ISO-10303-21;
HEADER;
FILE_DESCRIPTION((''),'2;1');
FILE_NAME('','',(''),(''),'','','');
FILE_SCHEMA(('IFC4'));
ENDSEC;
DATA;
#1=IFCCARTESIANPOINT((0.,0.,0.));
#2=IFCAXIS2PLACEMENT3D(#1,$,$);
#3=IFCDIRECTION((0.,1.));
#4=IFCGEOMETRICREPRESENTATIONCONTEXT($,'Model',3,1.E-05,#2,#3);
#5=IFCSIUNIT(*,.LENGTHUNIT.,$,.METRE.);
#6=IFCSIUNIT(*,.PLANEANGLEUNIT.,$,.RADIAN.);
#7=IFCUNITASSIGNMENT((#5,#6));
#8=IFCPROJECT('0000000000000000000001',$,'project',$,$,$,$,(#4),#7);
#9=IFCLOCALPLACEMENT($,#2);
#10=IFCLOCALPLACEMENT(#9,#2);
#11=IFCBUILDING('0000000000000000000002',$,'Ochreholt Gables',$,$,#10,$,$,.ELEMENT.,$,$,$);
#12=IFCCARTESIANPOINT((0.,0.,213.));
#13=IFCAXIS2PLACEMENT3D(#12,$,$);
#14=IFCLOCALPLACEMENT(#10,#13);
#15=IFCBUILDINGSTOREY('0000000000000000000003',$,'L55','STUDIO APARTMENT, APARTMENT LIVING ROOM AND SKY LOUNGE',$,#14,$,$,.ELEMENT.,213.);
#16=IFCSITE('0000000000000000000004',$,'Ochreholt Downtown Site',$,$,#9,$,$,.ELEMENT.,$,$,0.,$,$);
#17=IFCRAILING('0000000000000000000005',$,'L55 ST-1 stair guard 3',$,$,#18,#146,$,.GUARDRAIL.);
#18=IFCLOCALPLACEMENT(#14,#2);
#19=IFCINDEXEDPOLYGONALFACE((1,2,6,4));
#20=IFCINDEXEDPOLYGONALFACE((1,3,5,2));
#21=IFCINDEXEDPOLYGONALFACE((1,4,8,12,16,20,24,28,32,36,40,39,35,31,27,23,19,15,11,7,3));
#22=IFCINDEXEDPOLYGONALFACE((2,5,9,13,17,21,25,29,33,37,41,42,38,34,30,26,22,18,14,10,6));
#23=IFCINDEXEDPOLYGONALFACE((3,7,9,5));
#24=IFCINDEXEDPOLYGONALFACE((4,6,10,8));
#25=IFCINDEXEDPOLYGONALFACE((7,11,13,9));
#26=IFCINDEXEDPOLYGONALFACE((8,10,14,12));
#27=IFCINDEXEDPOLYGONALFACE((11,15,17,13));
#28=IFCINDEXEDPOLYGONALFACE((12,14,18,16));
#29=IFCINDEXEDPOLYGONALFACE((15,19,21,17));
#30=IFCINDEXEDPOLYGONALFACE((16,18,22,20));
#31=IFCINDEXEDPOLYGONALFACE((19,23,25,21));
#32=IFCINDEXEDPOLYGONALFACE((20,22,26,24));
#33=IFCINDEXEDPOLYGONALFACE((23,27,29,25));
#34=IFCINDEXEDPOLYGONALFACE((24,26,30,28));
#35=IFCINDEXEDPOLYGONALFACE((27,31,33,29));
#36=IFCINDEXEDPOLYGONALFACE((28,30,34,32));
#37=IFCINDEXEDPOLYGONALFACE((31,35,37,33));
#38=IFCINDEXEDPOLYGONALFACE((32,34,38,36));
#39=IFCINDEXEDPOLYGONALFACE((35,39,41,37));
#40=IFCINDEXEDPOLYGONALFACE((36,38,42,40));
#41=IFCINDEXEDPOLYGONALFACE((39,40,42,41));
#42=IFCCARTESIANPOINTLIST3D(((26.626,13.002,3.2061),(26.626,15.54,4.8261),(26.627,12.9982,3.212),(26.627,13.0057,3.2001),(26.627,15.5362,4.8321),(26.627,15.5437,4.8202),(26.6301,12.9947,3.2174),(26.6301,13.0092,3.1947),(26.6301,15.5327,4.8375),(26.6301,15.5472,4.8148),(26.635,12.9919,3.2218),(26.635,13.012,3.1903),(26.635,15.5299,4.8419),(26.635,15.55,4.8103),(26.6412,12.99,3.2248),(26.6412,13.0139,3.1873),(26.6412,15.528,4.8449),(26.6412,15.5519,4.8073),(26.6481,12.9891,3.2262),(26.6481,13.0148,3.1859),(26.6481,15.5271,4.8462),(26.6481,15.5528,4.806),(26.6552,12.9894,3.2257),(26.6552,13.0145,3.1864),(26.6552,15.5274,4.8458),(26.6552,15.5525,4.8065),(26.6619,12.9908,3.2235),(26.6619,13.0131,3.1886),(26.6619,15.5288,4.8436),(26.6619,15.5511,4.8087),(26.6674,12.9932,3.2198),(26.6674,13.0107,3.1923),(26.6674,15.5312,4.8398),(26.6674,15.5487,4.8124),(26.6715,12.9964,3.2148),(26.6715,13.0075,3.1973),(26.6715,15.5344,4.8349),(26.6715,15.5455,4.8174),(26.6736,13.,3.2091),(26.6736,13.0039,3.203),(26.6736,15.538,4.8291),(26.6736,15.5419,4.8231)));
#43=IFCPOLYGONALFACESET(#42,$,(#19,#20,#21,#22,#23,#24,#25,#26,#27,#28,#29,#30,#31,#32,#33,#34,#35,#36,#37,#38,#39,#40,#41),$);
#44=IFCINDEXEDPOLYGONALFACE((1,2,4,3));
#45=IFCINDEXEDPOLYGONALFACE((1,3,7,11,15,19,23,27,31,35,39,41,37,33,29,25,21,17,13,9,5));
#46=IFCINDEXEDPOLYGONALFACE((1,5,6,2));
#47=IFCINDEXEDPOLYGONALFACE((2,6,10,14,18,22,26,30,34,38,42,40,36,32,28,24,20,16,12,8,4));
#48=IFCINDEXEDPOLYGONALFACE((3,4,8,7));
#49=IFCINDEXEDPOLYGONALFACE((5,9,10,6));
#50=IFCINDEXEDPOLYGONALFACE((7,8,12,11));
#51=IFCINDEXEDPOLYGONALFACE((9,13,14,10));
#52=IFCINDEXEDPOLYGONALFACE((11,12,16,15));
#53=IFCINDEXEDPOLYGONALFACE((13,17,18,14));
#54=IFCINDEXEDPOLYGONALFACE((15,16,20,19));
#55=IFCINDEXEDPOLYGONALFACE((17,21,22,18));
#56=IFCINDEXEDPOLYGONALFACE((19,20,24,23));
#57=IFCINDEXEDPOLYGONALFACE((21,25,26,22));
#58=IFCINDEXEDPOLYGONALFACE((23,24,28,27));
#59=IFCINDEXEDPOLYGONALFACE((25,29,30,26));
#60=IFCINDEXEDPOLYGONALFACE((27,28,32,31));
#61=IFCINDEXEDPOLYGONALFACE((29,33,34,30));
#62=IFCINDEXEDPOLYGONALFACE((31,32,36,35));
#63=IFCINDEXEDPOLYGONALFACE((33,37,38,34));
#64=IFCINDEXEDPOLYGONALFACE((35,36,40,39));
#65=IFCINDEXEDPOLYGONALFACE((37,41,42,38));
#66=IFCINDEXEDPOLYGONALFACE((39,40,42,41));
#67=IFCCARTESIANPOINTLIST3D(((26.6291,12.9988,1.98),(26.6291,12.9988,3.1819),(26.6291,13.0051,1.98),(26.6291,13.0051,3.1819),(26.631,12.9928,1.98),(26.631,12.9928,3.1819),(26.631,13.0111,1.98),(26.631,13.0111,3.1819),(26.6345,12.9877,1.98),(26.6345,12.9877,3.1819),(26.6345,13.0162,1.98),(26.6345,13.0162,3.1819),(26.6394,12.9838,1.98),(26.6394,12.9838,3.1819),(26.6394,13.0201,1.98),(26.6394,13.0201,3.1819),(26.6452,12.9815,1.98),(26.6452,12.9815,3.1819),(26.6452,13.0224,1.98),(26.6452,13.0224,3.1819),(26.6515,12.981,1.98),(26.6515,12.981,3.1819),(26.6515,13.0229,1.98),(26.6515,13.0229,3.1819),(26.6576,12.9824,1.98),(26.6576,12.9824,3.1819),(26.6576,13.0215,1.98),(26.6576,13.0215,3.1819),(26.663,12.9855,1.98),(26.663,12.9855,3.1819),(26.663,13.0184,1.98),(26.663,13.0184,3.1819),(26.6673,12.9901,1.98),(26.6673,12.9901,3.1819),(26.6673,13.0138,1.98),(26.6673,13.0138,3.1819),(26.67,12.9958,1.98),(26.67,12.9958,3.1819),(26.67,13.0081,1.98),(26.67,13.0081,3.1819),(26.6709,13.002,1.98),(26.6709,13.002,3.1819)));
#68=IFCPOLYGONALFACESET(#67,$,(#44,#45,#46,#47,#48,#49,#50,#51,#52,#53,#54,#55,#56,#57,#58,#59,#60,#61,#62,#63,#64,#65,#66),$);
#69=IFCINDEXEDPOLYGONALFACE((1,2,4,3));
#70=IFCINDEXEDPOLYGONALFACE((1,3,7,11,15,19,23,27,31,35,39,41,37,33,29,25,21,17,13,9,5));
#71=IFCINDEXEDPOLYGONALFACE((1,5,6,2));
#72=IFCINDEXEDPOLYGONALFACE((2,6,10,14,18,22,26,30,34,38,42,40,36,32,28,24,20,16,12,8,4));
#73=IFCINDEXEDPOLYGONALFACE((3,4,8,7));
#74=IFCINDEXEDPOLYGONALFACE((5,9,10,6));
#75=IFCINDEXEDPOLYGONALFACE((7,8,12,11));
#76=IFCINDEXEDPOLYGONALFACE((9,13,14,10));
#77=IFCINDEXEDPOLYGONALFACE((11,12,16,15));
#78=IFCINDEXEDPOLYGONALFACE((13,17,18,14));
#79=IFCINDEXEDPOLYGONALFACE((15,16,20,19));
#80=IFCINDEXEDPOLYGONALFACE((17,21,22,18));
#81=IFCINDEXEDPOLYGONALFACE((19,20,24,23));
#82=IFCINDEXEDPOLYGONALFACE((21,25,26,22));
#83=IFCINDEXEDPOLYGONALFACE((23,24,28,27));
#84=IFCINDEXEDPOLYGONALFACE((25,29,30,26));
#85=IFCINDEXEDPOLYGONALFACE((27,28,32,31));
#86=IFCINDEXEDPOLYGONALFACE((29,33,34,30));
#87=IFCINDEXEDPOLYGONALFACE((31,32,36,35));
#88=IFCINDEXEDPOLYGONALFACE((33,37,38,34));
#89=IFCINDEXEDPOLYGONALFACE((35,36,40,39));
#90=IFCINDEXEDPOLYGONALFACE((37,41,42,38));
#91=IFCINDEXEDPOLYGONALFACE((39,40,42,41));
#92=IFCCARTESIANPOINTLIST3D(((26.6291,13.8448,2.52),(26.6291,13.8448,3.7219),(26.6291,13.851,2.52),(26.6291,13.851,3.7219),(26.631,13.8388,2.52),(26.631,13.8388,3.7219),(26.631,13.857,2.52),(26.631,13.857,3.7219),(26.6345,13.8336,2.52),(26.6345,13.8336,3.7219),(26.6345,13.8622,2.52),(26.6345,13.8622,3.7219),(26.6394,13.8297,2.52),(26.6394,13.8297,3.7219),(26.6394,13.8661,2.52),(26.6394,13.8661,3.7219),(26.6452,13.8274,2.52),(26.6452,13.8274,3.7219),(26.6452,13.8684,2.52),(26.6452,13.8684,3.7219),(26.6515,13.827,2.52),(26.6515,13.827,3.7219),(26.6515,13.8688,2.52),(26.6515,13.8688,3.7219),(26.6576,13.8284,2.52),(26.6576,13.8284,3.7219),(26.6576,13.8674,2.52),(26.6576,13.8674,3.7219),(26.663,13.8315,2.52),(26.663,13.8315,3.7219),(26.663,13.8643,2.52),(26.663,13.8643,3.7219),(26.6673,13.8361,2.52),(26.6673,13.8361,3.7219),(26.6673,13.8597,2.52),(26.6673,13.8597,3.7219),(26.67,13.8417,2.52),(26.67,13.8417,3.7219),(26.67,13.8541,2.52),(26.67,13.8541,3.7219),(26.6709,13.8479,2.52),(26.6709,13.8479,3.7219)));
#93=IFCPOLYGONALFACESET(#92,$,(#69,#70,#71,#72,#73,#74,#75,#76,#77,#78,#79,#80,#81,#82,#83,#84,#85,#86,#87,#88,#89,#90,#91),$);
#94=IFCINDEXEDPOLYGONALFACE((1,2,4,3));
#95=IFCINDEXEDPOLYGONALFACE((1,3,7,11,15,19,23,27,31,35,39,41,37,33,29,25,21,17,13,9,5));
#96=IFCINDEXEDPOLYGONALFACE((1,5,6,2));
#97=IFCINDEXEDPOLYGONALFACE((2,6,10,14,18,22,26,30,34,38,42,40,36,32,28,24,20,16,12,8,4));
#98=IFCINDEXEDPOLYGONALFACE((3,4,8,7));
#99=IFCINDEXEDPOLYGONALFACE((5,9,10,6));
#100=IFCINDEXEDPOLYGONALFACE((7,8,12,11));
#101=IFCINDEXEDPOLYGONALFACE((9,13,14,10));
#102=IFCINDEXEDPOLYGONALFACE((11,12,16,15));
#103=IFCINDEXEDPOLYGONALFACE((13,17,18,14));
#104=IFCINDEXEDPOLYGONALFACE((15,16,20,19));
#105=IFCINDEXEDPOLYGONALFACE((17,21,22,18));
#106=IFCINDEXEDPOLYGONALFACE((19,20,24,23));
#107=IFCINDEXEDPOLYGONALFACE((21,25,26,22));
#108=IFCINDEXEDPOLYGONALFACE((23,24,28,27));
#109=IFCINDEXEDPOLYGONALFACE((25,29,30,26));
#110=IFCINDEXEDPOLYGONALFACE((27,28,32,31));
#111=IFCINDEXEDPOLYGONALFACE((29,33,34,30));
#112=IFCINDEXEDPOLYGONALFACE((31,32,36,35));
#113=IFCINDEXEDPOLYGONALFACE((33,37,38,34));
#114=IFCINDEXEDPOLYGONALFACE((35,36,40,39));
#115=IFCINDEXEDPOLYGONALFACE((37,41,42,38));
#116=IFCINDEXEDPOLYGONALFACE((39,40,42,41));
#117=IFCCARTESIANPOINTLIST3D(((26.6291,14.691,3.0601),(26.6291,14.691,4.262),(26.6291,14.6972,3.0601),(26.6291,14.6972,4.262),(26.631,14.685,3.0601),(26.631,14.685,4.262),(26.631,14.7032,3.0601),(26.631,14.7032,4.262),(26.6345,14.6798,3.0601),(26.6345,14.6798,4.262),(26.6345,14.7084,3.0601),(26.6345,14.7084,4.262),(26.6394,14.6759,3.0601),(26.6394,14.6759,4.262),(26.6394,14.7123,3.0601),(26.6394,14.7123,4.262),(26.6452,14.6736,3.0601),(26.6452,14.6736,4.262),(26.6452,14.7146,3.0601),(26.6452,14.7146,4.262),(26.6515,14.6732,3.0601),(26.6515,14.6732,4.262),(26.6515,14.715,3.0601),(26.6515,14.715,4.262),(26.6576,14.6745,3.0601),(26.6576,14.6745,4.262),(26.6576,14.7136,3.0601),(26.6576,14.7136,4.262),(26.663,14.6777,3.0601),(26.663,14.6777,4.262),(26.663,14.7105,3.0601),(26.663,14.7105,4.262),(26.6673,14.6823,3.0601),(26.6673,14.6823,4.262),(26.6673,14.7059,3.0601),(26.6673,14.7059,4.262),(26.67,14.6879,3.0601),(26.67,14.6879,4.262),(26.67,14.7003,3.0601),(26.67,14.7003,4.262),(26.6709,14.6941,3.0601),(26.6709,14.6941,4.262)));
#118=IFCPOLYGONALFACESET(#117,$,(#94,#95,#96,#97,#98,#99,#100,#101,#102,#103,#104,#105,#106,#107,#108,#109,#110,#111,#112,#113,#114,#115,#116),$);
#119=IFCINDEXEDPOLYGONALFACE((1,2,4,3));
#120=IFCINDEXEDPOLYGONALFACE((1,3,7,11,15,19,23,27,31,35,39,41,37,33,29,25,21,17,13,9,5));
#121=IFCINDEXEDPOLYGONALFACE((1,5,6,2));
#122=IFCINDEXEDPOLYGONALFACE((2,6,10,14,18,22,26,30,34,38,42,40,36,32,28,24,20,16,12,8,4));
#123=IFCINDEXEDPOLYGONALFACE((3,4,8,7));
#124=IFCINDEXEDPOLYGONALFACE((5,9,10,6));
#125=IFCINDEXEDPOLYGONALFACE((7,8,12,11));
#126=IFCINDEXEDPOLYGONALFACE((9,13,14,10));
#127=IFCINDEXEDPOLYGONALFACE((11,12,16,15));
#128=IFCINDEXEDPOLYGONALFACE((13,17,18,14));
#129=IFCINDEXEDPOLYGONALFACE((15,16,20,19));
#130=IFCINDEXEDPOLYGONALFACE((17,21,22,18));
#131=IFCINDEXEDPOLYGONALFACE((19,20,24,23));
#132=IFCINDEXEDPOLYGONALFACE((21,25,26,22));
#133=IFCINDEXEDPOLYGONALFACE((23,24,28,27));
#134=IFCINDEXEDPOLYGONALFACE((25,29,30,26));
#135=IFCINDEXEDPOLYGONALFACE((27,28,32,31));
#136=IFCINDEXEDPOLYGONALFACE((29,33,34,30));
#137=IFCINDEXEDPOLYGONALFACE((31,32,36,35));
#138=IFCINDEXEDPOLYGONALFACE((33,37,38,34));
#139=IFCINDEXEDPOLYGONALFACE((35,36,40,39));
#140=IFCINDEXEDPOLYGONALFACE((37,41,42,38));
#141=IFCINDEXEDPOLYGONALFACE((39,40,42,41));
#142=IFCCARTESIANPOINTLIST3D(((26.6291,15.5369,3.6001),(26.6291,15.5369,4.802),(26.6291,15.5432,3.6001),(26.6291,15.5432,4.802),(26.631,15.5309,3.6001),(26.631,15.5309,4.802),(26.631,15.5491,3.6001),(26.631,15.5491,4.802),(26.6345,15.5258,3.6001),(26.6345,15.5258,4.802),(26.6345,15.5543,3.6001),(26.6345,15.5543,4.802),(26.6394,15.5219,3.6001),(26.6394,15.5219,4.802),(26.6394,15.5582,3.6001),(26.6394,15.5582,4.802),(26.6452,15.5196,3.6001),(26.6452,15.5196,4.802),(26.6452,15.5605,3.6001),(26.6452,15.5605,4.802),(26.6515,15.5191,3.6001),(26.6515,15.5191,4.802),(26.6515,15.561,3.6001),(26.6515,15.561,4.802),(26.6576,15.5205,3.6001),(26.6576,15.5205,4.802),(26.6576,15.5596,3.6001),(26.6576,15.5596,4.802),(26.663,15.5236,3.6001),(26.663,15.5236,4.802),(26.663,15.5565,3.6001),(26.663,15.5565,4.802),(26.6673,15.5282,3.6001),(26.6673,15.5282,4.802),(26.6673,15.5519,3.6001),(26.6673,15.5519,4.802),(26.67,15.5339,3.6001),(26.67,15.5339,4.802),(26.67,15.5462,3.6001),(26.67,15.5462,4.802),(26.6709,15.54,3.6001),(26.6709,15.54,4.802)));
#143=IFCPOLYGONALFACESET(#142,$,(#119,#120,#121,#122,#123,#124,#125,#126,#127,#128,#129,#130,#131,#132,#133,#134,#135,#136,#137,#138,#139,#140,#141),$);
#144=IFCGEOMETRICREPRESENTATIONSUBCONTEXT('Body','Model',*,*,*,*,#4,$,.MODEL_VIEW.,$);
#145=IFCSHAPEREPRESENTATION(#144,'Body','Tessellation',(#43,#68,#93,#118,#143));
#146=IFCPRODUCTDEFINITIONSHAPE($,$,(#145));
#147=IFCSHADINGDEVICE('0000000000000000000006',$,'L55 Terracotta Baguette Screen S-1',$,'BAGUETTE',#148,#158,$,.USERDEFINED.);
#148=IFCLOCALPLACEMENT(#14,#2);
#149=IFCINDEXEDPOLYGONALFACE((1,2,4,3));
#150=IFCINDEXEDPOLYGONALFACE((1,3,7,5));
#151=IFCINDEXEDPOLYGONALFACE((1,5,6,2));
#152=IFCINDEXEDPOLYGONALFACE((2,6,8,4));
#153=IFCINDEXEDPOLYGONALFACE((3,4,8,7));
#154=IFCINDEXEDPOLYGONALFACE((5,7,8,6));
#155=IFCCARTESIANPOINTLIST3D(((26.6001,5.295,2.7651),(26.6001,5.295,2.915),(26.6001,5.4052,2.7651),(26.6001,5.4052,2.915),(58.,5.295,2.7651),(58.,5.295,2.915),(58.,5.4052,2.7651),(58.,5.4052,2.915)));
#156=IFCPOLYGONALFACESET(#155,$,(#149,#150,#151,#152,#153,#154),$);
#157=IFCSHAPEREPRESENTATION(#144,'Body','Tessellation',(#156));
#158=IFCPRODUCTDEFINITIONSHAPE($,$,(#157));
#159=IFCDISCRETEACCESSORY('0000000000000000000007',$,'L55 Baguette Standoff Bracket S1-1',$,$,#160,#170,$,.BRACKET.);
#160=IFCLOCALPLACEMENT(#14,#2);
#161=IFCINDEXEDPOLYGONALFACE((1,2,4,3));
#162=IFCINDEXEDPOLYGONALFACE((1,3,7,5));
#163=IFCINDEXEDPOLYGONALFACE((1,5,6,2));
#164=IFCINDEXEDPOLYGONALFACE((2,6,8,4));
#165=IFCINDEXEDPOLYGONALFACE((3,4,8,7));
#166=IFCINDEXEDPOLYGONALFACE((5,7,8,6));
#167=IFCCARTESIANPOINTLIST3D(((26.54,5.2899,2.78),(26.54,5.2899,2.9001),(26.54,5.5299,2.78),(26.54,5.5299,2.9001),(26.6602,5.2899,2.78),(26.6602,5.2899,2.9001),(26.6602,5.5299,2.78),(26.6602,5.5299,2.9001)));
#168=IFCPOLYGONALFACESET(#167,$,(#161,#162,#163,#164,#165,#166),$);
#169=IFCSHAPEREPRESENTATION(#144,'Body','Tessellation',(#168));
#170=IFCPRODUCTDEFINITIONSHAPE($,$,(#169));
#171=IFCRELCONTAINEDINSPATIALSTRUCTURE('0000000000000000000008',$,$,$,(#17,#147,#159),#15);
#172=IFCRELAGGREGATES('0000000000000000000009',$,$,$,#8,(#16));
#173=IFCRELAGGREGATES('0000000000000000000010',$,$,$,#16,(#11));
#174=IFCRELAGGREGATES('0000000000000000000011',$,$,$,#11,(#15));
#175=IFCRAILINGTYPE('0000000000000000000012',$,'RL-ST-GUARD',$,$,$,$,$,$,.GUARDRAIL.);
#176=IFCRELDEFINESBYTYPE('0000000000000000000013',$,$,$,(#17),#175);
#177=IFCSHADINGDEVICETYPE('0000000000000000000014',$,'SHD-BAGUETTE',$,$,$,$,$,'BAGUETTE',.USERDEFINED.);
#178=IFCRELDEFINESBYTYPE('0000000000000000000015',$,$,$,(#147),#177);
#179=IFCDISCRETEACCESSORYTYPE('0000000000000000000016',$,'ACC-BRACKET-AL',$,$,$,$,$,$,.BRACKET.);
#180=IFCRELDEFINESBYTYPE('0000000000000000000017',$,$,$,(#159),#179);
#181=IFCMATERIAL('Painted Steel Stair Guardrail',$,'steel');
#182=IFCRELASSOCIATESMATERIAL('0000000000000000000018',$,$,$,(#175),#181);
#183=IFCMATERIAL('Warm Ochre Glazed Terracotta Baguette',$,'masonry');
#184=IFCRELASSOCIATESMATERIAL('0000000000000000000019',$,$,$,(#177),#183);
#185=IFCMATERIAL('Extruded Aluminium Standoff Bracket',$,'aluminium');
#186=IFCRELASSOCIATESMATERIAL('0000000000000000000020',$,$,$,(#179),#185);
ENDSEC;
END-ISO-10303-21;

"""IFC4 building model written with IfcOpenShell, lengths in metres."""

from ifc_helpers import new_model, si_unit, direction, frame, origin, origin_2d, place, context, subcontext, project, spatial, rectangle, circle, extrude, material, material_profile, profile_set, type_object, element, save


model = new_model("IFC4")

# Units and contexts
model_context = context("Model", 3, precision=1e-05, world=origin(), true_north=direction((0.0, 1.0)))
body_context = subcontext(model_context, "Body", "Model", "MODEL_VIEW")
ifc_project = project(units=[si_unit("LENGTHUNIT", "METRE"), si_unit("PLANEANGLEUNIT", "RADIAN")], contexts=[model_context])

# Site, building, storey
site_placement = place(None, origin())
site = spatial("IfcSite", under=ifc_project, at=site_placement, Name="Ochreholt Downtown Site", CompositionType="ELEMENT", RefElevation=0.0)
building_placement = place(site_placement, origin())
building = spatial("IfcBuilding", under=site, at=building_placement, Name="Ochreholt Gables", CompositionType="ELEMENT")
storey_placement = place(building_placement, frame((0.0, 0.0, 213.0)))
storey = spatial("IfcBuildingStorey", under=building, at=storey_placement, Name="L55", Description="STUDIO APARTMENT, APARTMENT LIVING ROOM AND SKY LOUNGE", CompositionType="ELEMENT", Elevation=213.0)

# Railing
ifc_material_1 = material(Name="Painted Steel Stair Guardrail", Category="steel")
railing_type = type_object("IfcRailingType", Name="RL-ST-GUARD", PredefinedType="GUARDRAIL", material=ifc_material_1)
railing_1_placement = place(storey_placement, frame((26.6499, 13.002, 1.98)))
element("IfcRailing", 1, at=railing_1_placement, inside=storey, type_object=railing_type, Name="L55 ST-1 stair guard 3", PredefinedType="GUARDRAIL", context=body_context, shape_type="SweptSolid", body=[
    extrude(circle(Radius=0.0239, at=origin_2d()), frame((0.0, 0.0, 1.2261), z_axis=(0.0, 0.842913, 0.53805), x_axis=(-1.0, 0.0, 0.0)), (0.0, 0.0, 1.0), 3.011),
    extrude(circle(Radius=0.021, at=origin_2d()), origin(), (0.0, 0.0, 1.0), 1.2019),
    extrude(circle(Radius=0.021, at=origin_2d()), frame((0.0, 0.8459, 0.54)), (0.0, 0.0, 1.0), 1.2019),
    extrude(circle(Radius=0.021, at=origin_2d()), frame((0.0, 1.6921, 1.0801)), (0.0, 0.0, 1.0), 1.2019),
    extrude(circle(Radius=0.021, at=origin_2d()), frame((0.0, 2.5381, 1.6201)), (0.0, 0.0, 1.0), 1.2019),
])

# Shading device
ifc_material_2 = material(Name="Warm Ochre Glazed Terracotta Baguette", Category="masonry")
ifc_material_profile_1 = material_profile(ifc_material_2, rectangle(XDim=0.1101, YDim=0.1499, at=origin_2d()), Name="TCBAG110X150")
ifc_profile_set_1 = profile_set([ifc_material_profile_1], Name="Warm Ochre Glazed Terracotta Baguette")
shading_device_type = type_object("IfcShadingDeviceType", Name="SHD-BAGUETTE", ElementType="BAGUETTE", PredefinedType="USERDEFINED", material=ifc_profile_set_1)
shading_device_placement = place(storey_placement, frame((26.6001, 5.3501, 2.8401), z_axis=(1.0, 0.0, 0.0), x_axis=(0.0, 1.0, 0.0)))
element("IfcShadingDevice", 2, at=shading_device_placement, inside=storey, type_object=shading_device_type, Name="L55 Terracotta Baguette Screen S-1", ObjectType="BAGUETTE", PredefinedType="USERDEFINED", context=body_context, shape_type="SweptSolid", body=[
    extrude(rectangle(XDim=0.1101, YDim=0.1499, at=origin_2d()), origin(), (0.0, 0.0, 1.0), 31.3999),
])

# Discrete accessory
ifc_material_3 = material(Name="Extruded Aluminium Standoff Bracket", Category="aluminium")
discrete_accessory_type = type_object("IfcDiscreteAccessoryType", Name="ACC-BRACKET-AL", PredefinedType="BRACKET", material=ifc_material_3)
discrete_accessory_placement = place(storey_placement, frame((26.6001, 5.4099, 2.78), z_axis=(0.0, 0.0, 1.0), x_axis=(1.0, 0.0, 0.0)))
element("IfcDiscreteAccessory", 3, at=discrete_accessory_placement, inside=storey, type_object=discrete_accessory_type, Name="L55 Baguette Standoff Bracket S1-1", PredefinedType="BRACKET", context=body_context, shape_type="SweptSolid", body=[
    extrude(rectangle(XDim=0.1201, YDim=0.24, at=origin_2d()), origin(), (0.0, 0.0, 1.0), 0.1201),
])

save(model, "model.ifc")
